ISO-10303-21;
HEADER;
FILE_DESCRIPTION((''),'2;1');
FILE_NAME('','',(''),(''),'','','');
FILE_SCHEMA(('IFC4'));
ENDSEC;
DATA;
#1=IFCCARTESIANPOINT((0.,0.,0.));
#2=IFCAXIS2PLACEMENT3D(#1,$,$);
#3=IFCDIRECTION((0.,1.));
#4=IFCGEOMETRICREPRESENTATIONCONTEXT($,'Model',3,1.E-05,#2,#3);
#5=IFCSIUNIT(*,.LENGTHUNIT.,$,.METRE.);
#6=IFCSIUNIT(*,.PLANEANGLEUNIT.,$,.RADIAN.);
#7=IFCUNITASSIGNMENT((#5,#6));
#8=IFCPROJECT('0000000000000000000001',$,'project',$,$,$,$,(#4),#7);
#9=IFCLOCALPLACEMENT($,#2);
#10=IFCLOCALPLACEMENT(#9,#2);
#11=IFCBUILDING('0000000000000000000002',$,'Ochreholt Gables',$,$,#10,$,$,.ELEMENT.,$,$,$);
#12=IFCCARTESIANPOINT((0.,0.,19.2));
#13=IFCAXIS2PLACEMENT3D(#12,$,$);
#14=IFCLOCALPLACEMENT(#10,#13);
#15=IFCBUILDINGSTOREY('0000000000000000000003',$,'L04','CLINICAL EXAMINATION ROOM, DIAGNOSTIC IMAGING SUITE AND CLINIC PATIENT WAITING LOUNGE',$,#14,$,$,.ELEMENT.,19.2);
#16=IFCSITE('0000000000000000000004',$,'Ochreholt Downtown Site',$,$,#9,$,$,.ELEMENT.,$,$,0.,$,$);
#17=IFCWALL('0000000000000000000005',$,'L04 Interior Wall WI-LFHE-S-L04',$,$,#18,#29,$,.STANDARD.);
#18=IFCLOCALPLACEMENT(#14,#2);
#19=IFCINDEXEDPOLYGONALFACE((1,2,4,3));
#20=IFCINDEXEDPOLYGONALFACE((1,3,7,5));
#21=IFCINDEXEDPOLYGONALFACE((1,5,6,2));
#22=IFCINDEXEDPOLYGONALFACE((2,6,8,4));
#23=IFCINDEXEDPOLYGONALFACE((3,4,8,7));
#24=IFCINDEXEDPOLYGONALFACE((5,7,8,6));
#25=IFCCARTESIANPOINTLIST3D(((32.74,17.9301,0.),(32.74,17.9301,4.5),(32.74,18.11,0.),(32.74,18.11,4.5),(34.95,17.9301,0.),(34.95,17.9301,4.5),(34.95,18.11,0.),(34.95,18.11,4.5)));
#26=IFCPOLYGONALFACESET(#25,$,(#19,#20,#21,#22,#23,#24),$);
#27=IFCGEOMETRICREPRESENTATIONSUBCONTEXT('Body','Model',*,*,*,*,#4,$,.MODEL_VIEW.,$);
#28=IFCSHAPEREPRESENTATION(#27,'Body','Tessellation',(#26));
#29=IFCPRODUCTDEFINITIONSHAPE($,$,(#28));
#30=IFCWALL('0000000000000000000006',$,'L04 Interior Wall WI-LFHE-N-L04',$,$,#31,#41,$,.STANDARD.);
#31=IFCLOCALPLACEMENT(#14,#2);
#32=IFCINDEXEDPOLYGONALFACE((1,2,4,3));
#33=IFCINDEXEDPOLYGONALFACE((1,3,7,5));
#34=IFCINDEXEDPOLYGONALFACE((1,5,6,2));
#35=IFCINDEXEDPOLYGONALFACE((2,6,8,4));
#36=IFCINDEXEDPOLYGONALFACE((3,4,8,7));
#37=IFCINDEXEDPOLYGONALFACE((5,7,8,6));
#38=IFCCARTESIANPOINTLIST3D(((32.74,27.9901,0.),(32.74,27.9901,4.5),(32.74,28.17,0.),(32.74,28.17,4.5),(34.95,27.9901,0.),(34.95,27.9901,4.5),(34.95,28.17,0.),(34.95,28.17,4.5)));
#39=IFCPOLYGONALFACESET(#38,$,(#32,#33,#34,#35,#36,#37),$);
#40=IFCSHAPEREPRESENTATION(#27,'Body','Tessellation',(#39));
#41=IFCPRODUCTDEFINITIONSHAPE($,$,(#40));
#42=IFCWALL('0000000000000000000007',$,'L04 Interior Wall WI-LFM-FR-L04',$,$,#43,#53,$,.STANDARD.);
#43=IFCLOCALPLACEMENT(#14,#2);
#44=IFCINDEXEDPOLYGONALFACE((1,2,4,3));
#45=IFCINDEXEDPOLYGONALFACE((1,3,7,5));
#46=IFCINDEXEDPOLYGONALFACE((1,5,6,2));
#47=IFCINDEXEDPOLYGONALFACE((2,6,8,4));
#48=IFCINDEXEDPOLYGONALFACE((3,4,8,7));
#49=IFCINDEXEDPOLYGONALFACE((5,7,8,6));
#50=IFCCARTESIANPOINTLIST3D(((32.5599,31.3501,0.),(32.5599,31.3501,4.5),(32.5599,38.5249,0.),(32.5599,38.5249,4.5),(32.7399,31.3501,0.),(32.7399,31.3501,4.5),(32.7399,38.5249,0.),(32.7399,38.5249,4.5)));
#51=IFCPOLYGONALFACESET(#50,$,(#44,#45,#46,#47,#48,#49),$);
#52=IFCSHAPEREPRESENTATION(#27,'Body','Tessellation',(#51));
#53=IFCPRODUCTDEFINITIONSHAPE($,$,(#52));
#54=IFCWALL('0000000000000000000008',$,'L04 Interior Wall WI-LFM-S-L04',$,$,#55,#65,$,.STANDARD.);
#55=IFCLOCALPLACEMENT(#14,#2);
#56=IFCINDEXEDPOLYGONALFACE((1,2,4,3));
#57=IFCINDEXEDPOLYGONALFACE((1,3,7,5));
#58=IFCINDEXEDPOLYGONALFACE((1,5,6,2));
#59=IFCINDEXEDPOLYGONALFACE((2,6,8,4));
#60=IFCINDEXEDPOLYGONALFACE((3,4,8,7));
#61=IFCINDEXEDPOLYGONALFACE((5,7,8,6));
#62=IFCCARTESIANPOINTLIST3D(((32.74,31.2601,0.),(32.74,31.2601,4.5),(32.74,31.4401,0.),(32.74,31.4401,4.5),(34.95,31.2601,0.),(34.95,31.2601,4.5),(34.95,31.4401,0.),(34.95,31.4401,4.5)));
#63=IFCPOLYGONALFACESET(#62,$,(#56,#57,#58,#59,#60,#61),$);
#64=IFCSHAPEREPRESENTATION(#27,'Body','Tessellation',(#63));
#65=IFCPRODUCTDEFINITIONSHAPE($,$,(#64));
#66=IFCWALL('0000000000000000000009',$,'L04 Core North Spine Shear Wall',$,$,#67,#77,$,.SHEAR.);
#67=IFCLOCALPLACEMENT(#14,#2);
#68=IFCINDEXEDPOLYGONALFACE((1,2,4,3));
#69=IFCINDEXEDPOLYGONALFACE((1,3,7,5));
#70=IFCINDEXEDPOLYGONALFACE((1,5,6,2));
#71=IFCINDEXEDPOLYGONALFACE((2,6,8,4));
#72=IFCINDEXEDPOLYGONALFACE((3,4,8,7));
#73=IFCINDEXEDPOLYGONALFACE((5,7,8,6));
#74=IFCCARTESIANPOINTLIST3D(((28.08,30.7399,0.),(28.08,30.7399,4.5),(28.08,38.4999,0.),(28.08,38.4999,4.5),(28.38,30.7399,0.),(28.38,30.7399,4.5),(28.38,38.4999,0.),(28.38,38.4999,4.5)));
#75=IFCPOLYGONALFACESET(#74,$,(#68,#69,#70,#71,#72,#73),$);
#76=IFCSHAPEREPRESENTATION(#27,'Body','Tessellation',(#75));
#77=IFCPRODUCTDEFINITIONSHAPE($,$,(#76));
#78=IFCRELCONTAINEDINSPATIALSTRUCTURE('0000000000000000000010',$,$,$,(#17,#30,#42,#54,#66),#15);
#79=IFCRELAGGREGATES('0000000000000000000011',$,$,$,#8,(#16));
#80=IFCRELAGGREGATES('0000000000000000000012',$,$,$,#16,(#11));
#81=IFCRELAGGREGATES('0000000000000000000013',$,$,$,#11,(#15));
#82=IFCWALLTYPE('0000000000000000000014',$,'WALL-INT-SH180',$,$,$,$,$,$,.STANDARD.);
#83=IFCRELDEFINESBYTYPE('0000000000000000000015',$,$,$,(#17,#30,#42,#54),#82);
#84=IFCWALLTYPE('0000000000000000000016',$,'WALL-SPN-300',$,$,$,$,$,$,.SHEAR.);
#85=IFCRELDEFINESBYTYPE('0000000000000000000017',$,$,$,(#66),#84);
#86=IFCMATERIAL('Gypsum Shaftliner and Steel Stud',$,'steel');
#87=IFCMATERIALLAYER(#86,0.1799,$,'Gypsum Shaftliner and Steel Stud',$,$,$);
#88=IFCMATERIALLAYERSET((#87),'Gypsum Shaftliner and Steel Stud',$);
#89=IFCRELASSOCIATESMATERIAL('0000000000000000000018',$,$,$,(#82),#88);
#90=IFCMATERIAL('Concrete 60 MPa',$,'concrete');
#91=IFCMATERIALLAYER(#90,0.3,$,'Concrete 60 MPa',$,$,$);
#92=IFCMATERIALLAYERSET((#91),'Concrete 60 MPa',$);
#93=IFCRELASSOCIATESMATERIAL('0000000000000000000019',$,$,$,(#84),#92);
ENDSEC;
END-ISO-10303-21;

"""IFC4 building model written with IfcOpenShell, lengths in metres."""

from ifc_helpers import new_model, si_unit, direction, frame, frame_2d, origin, place, context, subcontext, project, spatial, rectangle, extrude, material, layer, layer_set, type_object, element, save


model = new_model("IFC4")

# Units and contexts
model_context = context("Model", 3, precision=1e-05, world=origin(), true_north=direction((0.0, 1.0)))
body_context = subcontext(model_context, "Body", "Model", "MODEL_VIEW")
ifc_project = project(units=[si_unit("LENGTHUNIT", "METRE"), si_unit("PLANEANGLEUNIT", "RADIAN")], contexts=[model_context])

# Site, building, storey
site_placement = place(None, origin())
site = spatial("IfcSite", under=ifc_project, at=site_placement, Name="Ochreholt Downtown Site", CompositionType="ELEMENT", RefElevation=0.0)
building_placement = place(site_placement, origin())
building = spatial("IfcBuilding", under=site, at=building_placement, Name="Ochreholt Gables", CompositionType="ELEMENT")
storey_placement = place(building_placement, frame((0.0, 0.0, 19.2)))
storey = spatial("IfcBuildingStorey", under=building, at=storey_placement, Name="L04", Description="CLINICAL EXAMINATION ROOM, DIAGNOSTIC IMAGING SUITE AND CLINIC PATIENT WAITING LOUNGE", CompositionType="ELEMENT", Elevation=19.2)

# Shared definitions
ifc_material_1 = material(Name="Concrete 60 MPa", Category="concrete")

# Walls
ifc_material_2 = material(Name="Gypsum Shaftliner and Steel Stud", Category="steel")
ifc_layer_1 = layer(ifc_material_2, 0.1799, Name="Gypsum Shaftliner and Steel Stud")
ifc_layer_set_1 = layer_set([ifc_layer_1], Name="Gypsum Shaftliner and Steel Stud")
wall_type_1 = type_object("IfcWallType", Name="WALL-INT-SH180", PredefinedType="STANDARD", material=ifc_layer_set_1)
for number, where, z_axis, x_axis, name in (
    (1, (32.74, 18.02, 0.0), (0.0, 0.0, 1.0), (1.0, 0.0, 0.0), "L04 Interior Wall WI-LFHE-S-L04"),
    (2, (32.74, 28.0801, 0.0), (0.0, 0.0, 1.0), (1.0, 0.0, 0.0), "L04 Interior Wall WI-LFHE-N-L04"),
):
    element("IfcWall", number, at=place(storey_placement, frame(where, z_axis=z_axis, x_axis=x_axis)), inside=storey, type_object=wall_type_1, Name=name, PredefinedType="STANDARD", context=body_context, shape_type="SweptSolid", body=[
        extrude(rectangle(XDim=2.21, YDim=0.1799, at=frame_2d((1.105, 0.0))), origin(), (0.0, 0.0, 1.0), 4.5),
    ])
wall_1_placement = place(storey_placement, frame((32.6499, 31.3501, 0.0), z_axis=(0.0, 0.0, 1.0), x_axis=(0.0, 1.0, 0.0)))
element("IfcWall", 3, at=wall_1_placement, inside=storey, type_object=wall_type_1, Name="L04 Interior Wall WI-LFM-FR-L04", PredefinedType="STANDARD", context=body_context, shape_type="SweptSolid", body=[
    extrude(rectangle(XDim=7.1748, YDim=0.1799, at=frame_2d((3.5874, 0.0))), origin(), (0.0, 0.0, 1.0), 4.5),
])
wall_2_placement = place(storey_placement, frame((32.74, 31.3501, 0.0), z_axis=(0.0, 0.0, 1.0), x_axis=(1.0, 0.0, 0.0)))
element("IfcWall", 4, at=wall_2_placement, inside=storey, type_object=wall_type_1, Name="L04 Interior Wall WI-LFM-S-L04", PredefinedType="STANDARD", context=body_context, shape_type="SweptSolid", body=[
    extrude(rectangle(XDim=2.21, YDim=0.1799, at=frame_2d((1.105, 0.0))), origin(), (0.0, 0.0, 1.0), 4.5),
])
ifc_layer_2 = layer(ifc_material_1, 0.3, Name="Concrete 60 MPa")
ifc_layer_set_2 = layer_set([ifc_layer_2], Name="Concrete 60 MPa")
wall_type_2 = type_object("IfcWallType", Name="WALL-SPN-300", PredefinedType="SHEAR", material=ifc_layer_set_2)
wall_3_placement = place(storey_placement, frame((28.23, 30.74, 0.0), z_axis=(0.0, 0.0, 1.0), x_axis=(0.0, 1.0, 0.0)))
element("IfcWall", 5, at=wall_3_placement, inside=storey, type_object=wall_type_2, Name="L04 Core North Spine Shear Wall", PredefinedType="SHEAR", context=body_context, shape_type="SweptSolid", body=[
    extrude(rectangle(XDim=7.76, YDim=0.3, at=frame_2d((3.8799, 0.0))), origin(), (0.0, 0.0, 1.0), 4.5),
])

save(model, "model.ifc")
